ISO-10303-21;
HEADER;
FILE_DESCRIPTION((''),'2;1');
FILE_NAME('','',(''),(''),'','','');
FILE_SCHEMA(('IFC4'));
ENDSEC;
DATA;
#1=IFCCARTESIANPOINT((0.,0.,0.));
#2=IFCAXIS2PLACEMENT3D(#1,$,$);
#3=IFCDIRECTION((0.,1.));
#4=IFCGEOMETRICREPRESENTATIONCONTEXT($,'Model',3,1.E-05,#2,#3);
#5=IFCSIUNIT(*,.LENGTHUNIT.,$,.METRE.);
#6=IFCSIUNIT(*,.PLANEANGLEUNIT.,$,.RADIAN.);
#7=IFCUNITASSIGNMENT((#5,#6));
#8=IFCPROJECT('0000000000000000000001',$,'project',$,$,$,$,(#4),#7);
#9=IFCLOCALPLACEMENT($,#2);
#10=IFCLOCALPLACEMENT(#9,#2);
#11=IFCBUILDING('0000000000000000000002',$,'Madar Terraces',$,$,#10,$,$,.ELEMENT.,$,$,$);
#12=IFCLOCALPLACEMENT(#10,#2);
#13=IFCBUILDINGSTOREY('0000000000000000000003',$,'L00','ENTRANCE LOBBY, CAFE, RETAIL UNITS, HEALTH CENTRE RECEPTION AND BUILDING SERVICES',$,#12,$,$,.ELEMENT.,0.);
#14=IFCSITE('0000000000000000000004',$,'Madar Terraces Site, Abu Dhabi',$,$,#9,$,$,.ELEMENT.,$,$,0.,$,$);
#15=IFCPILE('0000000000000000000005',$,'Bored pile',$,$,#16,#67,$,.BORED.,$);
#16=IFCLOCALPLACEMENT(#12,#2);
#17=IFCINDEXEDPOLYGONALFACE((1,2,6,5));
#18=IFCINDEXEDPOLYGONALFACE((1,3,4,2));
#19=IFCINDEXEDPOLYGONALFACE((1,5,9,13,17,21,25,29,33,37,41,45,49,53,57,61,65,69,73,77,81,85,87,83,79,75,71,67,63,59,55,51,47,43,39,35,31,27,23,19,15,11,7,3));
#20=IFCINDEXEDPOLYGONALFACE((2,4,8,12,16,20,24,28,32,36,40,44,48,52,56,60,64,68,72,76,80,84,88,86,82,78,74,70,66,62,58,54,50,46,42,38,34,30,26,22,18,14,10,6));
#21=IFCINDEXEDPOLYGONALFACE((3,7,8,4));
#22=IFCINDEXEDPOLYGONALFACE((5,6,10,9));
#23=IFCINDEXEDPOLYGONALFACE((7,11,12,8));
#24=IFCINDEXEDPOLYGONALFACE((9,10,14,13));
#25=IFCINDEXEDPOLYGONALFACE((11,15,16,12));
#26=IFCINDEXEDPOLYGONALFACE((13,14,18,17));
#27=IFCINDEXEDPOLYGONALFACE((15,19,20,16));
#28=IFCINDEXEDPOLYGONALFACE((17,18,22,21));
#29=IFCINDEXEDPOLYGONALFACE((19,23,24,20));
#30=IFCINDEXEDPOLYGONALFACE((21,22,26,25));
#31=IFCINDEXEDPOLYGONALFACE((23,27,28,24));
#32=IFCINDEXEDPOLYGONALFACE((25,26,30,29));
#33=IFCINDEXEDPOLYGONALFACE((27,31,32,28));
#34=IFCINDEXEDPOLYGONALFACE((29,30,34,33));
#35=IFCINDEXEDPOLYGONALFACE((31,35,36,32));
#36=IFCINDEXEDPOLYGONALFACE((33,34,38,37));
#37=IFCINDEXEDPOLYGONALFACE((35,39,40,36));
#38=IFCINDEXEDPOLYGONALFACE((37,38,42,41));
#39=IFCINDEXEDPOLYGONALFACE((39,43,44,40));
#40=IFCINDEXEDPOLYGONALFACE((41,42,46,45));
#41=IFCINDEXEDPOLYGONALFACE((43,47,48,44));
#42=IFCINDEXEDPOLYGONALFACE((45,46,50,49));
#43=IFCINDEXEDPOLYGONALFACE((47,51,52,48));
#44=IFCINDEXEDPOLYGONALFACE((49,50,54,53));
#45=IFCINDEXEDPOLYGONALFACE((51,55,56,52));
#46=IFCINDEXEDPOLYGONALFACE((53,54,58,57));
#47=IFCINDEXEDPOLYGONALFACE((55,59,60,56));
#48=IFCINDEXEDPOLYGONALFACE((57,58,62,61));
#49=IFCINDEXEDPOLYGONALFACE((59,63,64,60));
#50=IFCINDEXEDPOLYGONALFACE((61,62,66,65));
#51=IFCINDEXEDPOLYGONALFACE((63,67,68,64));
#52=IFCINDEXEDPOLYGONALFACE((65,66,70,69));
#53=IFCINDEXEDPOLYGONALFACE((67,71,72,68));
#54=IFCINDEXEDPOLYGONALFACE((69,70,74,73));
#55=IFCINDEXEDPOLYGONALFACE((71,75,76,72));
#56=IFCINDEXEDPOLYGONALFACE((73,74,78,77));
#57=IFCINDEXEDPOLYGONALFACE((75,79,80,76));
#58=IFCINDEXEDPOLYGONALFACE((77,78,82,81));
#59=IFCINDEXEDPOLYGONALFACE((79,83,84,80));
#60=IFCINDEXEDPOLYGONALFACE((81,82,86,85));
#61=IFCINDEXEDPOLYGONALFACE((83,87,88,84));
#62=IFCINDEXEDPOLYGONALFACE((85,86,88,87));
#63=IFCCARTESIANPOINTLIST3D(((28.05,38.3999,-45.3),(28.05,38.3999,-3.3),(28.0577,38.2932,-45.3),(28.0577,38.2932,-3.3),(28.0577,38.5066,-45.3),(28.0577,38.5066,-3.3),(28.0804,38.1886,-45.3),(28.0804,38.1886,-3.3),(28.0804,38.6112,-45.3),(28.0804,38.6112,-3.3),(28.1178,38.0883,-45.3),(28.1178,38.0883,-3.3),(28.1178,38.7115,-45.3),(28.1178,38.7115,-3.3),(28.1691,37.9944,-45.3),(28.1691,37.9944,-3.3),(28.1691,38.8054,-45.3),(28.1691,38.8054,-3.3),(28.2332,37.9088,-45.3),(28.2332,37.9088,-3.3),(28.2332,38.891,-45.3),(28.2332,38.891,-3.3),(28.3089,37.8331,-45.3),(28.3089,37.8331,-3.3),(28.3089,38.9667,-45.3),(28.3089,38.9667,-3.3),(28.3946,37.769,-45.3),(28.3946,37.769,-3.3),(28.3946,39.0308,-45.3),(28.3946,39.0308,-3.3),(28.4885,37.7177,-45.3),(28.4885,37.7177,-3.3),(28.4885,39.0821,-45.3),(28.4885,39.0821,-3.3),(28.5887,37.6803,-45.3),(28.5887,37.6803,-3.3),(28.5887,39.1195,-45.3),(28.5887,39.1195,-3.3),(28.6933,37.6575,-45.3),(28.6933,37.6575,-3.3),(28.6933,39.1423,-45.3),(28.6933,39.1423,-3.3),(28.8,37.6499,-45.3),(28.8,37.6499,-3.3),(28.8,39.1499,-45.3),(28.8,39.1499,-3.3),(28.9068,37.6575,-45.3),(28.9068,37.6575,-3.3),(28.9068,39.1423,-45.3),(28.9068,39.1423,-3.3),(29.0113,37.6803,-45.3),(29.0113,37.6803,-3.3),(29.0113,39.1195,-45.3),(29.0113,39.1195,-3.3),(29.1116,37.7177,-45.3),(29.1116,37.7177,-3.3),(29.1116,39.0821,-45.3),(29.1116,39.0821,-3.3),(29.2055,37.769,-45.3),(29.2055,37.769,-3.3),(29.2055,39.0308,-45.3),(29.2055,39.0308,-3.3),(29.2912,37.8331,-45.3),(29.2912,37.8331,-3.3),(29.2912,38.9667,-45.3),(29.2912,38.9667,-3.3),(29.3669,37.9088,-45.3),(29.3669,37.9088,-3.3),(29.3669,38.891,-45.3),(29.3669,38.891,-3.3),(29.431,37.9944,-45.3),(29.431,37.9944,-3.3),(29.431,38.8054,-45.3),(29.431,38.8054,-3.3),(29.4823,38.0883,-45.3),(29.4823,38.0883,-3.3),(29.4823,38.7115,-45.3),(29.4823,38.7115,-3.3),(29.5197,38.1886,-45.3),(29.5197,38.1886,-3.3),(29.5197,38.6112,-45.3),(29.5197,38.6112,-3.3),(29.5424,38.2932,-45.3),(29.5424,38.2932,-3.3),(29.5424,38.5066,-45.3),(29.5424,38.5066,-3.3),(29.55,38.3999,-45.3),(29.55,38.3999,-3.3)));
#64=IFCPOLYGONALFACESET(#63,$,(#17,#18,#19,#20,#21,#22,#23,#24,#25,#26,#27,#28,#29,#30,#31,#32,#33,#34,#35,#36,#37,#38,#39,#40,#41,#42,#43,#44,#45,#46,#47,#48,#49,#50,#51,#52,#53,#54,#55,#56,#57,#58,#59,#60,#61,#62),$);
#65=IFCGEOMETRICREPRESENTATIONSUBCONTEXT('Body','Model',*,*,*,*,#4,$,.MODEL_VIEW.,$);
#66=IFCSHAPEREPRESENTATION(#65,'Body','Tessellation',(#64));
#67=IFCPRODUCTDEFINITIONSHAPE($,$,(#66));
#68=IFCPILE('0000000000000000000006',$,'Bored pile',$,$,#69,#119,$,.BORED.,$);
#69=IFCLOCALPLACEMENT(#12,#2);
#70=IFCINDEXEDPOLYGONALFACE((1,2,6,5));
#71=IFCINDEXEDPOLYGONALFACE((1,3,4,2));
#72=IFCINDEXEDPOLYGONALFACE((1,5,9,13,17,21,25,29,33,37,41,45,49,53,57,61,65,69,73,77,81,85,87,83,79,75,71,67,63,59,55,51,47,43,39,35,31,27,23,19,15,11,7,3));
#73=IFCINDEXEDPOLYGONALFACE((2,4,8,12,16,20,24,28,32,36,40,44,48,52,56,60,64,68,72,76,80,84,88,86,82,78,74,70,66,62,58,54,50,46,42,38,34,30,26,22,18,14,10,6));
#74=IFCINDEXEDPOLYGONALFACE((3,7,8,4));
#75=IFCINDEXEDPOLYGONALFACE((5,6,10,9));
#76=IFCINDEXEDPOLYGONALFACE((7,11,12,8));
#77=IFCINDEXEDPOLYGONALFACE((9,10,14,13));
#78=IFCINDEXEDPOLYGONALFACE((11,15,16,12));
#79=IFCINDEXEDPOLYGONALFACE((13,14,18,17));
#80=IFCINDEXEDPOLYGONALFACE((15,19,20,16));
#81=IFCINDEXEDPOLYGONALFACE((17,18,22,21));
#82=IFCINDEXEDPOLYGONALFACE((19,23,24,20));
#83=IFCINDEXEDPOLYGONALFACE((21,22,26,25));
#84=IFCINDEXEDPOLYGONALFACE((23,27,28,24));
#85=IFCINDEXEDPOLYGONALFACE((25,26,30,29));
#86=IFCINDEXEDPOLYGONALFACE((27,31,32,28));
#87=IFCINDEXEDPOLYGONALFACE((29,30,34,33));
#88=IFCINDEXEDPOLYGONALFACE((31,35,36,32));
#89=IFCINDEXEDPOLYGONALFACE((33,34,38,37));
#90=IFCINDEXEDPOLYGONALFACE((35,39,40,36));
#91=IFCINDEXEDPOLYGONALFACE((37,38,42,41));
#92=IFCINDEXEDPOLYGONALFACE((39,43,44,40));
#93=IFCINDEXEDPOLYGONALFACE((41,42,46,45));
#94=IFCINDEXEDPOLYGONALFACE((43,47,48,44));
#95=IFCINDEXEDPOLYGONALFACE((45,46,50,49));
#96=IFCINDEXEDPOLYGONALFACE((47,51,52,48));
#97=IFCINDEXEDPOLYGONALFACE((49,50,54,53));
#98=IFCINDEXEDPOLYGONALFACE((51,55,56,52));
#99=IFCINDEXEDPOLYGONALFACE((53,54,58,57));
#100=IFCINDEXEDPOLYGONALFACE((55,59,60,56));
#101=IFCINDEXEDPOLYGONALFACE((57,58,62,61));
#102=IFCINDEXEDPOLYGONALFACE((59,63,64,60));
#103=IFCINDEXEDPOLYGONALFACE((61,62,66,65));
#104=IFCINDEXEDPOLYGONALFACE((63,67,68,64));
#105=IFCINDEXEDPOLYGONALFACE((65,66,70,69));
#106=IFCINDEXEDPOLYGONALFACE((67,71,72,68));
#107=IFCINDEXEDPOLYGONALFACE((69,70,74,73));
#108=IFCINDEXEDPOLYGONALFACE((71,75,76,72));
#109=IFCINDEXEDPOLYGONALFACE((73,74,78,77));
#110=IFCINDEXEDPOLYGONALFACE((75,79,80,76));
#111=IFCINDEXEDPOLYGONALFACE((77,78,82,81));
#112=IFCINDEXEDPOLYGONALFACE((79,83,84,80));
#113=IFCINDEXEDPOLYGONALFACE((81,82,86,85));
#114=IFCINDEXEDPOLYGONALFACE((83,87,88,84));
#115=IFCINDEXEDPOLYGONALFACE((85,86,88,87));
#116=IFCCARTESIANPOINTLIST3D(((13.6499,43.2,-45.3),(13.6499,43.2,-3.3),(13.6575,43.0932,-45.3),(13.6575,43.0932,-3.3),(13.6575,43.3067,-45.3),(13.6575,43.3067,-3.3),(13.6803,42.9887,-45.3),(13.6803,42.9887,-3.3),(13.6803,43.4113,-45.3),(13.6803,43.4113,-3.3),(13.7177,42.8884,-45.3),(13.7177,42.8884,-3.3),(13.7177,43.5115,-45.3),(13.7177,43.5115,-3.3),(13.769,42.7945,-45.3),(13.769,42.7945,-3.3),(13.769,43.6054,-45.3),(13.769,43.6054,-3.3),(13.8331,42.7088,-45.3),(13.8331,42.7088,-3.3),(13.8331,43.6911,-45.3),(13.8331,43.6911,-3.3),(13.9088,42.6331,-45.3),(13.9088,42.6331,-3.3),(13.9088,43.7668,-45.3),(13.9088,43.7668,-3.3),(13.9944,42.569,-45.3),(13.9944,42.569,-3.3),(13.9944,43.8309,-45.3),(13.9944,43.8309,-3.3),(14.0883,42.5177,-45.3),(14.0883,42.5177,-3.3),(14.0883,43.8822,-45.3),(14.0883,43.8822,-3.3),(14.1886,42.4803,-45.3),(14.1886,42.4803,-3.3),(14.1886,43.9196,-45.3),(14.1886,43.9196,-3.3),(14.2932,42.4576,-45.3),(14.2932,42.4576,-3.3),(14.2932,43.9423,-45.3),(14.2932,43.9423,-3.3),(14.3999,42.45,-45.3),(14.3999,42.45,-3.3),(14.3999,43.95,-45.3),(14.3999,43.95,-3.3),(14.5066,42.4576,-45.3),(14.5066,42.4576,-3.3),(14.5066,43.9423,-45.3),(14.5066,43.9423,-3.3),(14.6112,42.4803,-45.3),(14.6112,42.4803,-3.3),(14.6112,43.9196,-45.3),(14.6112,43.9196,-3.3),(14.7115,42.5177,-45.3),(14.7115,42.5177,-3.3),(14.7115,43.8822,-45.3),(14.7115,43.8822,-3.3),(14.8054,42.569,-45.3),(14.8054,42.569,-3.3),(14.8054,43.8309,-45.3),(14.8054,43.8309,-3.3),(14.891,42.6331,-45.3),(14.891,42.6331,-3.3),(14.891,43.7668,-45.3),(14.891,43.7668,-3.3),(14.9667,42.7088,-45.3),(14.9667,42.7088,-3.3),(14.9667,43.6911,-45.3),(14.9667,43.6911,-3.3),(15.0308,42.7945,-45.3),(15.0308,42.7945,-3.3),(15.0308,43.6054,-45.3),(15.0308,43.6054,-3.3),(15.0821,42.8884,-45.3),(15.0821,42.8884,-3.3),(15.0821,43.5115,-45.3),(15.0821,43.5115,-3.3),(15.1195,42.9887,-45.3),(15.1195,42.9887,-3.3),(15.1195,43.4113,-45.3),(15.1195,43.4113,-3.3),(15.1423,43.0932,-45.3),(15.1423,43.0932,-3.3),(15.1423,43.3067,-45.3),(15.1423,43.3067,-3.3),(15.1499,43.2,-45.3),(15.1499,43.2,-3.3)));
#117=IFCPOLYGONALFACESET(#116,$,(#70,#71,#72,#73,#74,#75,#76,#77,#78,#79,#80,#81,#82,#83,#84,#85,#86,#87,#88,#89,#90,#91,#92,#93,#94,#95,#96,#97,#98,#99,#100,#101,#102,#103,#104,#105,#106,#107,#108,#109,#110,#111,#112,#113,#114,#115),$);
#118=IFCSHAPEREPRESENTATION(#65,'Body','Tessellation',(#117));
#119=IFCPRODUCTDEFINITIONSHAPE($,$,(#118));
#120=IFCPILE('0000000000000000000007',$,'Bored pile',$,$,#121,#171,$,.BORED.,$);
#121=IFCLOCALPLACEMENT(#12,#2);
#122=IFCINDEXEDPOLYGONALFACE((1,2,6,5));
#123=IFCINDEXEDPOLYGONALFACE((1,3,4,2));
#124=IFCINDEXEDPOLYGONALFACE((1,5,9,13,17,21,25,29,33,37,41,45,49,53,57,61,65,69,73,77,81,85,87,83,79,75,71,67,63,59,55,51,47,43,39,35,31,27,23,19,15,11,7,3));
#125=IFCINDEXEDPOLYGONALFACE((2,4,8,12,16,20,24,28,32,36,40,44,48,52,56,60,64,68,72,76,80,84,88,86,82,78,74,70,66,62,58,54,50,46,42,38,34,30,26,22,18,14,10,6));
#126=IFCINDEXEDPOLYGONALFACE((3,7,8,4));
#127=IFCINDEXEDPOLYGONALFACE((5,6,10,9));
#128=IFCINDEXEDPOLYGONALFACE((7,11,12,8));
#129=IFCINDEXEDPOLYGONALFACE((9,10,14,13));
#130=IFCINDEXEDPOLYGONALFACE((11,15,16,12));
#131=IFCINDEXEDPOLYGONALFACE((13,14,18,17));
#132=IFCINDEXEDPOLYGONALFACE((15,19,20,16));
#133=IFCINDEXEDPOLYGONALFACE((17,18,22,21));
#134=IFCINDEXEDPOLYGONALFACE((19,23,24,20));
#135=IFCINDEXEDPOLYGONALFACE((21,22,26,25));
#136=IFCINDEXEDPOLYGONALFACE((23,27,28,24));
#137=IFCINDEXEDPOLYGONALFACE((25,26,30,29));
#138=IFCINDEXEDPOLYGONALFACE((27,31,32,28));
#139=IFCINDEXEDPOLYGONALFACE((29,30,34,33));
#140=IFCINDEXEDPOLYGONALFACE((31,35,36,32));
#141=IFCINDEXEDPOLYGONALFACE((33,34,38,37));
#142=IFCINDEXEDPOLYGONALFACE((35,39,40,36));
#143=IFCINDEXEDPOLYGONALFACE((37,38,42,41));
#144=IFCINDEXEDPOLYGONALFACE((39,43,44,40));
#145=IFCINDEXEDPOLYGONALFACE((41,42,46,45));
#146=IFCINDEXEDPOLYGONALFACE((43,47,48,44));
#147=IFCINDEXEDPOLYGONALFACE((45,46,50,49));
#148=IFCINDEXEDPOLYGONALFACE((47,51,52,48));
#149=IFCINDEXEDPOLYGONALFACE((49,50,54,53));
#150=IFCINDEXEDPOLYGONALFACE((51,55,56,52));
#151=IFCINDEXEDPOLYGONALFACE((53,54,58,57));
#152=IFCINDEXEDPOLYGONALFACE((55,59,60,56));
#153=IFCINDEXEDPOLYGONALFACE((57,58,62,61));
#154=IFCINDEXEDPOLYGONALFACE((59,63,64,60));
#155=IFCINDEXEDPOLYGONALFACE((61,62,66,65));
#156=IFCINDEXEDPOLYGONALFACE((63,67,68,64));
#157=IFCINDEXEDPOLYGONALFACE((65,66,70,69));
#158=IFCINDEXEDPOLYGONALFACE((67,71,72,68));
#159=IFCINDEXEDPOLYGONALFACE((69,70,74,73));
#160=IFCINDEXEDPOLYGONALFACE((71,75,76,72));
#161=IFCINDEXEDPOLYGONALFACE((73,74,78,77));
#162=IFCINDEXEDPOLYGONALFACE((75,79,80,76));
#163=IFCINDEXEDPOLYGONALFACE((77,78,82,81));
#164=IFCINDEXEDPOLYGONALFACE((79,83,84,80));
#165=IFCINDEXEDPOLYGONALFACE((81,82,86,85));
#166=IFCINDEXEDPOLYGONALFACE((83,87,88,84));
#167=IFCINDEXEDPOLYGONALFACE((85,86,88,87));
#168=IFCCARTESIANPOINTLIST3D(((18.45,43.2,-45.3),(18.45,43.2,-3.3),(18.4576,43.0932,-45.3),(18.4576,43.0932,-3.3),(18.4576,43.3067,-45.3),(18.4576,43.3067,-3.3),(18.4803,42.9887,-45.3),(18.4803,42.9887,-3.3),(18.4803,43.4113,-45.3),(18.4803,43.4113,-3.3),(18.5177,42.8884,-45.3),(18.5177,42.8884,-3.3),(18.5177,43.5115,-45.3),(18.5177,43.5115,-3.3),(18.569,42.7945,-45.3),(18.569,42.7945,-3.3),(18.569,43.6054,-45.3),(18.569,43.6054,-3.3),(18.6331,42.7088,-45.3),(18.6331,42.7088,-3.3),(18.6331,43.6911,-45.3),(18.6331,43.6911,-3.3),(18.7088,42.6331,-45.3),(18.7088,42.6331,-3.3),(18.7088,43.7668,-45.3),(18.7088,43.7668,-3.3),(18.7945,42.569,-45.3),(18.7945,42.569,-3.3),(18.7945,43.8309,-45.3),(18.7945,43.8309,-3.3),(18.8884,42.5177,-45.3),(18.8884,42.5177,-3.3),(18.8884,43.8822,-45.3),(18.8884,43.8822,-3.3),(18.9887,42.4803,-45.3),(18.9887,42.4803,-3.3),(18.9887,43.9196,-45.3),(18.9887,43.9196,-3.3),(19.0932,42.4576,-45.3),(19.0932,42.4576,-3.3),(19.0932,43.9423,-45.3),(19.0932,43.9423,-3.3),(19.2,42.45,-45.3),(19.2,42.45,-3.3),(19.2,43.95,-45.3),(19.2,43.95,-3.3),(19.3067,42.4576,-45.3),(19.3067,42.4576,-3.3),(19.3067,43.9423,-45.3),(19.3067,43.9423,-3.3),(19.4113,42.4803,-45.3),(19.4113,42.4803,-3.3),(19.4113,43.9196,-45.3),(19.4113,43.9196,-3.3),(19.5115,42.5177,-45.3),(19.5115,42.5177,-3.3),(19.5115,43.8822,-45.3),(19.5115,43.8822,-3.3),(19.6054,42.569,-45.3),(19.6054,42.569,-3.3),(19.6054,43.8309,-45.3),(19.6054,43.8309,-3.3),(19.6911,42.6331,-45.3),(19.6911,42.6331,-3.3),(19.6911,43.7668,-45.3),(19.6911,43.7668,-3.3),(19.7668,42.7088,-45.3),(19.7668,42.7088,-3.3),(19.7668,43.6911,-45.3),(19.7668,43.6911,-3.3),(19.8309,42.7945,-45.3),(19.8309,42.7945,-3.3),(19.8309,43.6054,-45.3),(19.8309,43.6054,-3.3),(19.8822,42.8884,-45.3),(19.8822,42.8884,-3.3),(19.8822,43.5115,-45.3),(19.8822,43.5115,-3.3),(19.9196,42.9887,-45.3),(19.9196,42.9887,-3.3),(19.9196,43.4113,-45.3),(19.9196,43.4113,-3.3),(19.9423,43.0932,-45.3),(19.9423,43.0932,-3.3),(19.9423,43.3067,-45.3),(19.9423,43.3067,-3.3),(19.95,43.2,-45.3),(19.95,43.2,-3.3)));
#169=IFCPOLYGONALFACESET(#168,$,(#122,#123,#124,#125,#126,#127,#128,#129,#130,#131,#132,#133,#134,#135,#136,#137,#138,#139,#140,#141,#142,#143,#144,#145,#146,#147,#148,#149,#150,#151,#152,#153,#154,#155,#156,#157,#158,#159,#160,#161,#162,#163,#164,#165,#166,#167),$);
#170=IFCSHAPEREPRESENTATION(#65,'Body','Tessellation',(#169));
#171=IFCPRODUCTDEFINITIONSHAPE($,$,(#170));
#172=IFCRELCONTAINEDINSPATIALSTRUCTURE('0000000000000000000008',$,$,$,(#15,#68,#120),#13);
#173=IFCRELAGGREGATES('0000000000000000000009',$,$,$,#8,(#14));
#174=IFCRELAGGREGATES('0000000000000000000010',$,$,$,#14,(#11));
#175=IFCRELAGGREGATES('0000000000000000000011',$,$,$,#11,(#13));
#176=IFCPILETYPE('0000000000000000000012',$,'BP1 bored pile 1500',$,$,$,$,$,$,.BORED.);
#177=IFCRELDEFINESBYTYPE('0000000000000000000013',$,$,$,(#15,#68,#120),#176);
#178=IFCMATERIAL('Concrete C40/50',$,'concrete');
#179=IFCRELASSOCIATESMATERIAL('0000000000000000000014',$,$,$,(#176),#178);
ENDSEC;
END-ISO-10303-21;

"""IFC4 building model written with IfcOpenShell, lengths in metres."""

from ifc_helpers import new_model, si_unit, direction, frame, origin, origin_2d, place, context, subcontext, project, spatial, circle, extrude, material, material_profile, profile_set, type_object, element, save


model = new_model("IFC4")

# Units and contexts
model_context = context("Model", 3, precision=1e-05, world=origin(), true_north=direction((0.0, 1.0)))
body_context = subcontext(model_context, "Body", "Model", "MODEL_VIEW")
ifc_project = project(units=[si_unit("LENGTHUNIT", "METRE"), si_unit("PLANEANGLEUNIT", "RADIAN")], contexts=[model_context])

# Site, building, storey
site_placement = place(None, origin())
site = spatial("IfcSite", under=ifc_project, at=site_placement, Name="Madar Terraces Site, Abu Dhabi", CompositionType="ELEMENT", RefElevation=0.0)
building_placement = place(site_placement, origin())
building = spatial("IfcBuilding", under=site, at=building_placement, Name="Madar Terraces", CompositionType="ELEMENT")
storey_placement = place(building_placement, origin())
storey = spatial("IfcBuildingStorey", under=building, at=storey_placement, Name="L00", Description="ENTRANCE LOBBY, CAFE, RETAIL UNITS, HEALTH CENTRE RECEPTION AND BUILDING SERVICES", CompositionType="ELEMENT", Elevation=0.0)

# Piles
ifc_material_1 = material(Name="Concrete C40/50", Category="concrete")
ifc_material_profile_1 = material_profile(ifc_material_1, circle(Radius=0.75, at=origin_2d()), Name="BP1 bored pile 1500")
ifc_profile_set_1 = profile_set([ifc_material_profile_1], Name="Concrete C40/50")
pile_type = type_object("IfcPileType", Name="BP1 bored pile 1500", PredefinedType="BORED", material=ifc_profile_set_1)
for number, where, z_axis, x_axis, name in (
    (1, (28.8, 38.3999, -3.3), (0.0, 0.0, -1.0), (1.0, 0.0, 0.0), "Bored pile"),
    (2, (14.3999, 43.2, -3.3), (0.0, 0.0, -1.0), (1.0, 0.0, 0.0), "Bored pile"),
    (3, (19.2, 43.2, -3.3), (0.0, 0.0, -1.0), (1.0, 0.0, 0.0), "Bored pile"),
):
    element("IfcPile", number, at=place(storey_placement, frame(where, z_axis=z_axis, x_axis=x_axis)), inside=storey, type_object=pile_type, Name=name, PredefinedType="BORED", context=body_context, shape_type="SweptSolid", body=[
        extrude(circle(Radius=0.75, at=origin_2d()), origin(), (0.0, 0.0, 1.0), 42.0),
    ])

save(model, "model.ifc")
